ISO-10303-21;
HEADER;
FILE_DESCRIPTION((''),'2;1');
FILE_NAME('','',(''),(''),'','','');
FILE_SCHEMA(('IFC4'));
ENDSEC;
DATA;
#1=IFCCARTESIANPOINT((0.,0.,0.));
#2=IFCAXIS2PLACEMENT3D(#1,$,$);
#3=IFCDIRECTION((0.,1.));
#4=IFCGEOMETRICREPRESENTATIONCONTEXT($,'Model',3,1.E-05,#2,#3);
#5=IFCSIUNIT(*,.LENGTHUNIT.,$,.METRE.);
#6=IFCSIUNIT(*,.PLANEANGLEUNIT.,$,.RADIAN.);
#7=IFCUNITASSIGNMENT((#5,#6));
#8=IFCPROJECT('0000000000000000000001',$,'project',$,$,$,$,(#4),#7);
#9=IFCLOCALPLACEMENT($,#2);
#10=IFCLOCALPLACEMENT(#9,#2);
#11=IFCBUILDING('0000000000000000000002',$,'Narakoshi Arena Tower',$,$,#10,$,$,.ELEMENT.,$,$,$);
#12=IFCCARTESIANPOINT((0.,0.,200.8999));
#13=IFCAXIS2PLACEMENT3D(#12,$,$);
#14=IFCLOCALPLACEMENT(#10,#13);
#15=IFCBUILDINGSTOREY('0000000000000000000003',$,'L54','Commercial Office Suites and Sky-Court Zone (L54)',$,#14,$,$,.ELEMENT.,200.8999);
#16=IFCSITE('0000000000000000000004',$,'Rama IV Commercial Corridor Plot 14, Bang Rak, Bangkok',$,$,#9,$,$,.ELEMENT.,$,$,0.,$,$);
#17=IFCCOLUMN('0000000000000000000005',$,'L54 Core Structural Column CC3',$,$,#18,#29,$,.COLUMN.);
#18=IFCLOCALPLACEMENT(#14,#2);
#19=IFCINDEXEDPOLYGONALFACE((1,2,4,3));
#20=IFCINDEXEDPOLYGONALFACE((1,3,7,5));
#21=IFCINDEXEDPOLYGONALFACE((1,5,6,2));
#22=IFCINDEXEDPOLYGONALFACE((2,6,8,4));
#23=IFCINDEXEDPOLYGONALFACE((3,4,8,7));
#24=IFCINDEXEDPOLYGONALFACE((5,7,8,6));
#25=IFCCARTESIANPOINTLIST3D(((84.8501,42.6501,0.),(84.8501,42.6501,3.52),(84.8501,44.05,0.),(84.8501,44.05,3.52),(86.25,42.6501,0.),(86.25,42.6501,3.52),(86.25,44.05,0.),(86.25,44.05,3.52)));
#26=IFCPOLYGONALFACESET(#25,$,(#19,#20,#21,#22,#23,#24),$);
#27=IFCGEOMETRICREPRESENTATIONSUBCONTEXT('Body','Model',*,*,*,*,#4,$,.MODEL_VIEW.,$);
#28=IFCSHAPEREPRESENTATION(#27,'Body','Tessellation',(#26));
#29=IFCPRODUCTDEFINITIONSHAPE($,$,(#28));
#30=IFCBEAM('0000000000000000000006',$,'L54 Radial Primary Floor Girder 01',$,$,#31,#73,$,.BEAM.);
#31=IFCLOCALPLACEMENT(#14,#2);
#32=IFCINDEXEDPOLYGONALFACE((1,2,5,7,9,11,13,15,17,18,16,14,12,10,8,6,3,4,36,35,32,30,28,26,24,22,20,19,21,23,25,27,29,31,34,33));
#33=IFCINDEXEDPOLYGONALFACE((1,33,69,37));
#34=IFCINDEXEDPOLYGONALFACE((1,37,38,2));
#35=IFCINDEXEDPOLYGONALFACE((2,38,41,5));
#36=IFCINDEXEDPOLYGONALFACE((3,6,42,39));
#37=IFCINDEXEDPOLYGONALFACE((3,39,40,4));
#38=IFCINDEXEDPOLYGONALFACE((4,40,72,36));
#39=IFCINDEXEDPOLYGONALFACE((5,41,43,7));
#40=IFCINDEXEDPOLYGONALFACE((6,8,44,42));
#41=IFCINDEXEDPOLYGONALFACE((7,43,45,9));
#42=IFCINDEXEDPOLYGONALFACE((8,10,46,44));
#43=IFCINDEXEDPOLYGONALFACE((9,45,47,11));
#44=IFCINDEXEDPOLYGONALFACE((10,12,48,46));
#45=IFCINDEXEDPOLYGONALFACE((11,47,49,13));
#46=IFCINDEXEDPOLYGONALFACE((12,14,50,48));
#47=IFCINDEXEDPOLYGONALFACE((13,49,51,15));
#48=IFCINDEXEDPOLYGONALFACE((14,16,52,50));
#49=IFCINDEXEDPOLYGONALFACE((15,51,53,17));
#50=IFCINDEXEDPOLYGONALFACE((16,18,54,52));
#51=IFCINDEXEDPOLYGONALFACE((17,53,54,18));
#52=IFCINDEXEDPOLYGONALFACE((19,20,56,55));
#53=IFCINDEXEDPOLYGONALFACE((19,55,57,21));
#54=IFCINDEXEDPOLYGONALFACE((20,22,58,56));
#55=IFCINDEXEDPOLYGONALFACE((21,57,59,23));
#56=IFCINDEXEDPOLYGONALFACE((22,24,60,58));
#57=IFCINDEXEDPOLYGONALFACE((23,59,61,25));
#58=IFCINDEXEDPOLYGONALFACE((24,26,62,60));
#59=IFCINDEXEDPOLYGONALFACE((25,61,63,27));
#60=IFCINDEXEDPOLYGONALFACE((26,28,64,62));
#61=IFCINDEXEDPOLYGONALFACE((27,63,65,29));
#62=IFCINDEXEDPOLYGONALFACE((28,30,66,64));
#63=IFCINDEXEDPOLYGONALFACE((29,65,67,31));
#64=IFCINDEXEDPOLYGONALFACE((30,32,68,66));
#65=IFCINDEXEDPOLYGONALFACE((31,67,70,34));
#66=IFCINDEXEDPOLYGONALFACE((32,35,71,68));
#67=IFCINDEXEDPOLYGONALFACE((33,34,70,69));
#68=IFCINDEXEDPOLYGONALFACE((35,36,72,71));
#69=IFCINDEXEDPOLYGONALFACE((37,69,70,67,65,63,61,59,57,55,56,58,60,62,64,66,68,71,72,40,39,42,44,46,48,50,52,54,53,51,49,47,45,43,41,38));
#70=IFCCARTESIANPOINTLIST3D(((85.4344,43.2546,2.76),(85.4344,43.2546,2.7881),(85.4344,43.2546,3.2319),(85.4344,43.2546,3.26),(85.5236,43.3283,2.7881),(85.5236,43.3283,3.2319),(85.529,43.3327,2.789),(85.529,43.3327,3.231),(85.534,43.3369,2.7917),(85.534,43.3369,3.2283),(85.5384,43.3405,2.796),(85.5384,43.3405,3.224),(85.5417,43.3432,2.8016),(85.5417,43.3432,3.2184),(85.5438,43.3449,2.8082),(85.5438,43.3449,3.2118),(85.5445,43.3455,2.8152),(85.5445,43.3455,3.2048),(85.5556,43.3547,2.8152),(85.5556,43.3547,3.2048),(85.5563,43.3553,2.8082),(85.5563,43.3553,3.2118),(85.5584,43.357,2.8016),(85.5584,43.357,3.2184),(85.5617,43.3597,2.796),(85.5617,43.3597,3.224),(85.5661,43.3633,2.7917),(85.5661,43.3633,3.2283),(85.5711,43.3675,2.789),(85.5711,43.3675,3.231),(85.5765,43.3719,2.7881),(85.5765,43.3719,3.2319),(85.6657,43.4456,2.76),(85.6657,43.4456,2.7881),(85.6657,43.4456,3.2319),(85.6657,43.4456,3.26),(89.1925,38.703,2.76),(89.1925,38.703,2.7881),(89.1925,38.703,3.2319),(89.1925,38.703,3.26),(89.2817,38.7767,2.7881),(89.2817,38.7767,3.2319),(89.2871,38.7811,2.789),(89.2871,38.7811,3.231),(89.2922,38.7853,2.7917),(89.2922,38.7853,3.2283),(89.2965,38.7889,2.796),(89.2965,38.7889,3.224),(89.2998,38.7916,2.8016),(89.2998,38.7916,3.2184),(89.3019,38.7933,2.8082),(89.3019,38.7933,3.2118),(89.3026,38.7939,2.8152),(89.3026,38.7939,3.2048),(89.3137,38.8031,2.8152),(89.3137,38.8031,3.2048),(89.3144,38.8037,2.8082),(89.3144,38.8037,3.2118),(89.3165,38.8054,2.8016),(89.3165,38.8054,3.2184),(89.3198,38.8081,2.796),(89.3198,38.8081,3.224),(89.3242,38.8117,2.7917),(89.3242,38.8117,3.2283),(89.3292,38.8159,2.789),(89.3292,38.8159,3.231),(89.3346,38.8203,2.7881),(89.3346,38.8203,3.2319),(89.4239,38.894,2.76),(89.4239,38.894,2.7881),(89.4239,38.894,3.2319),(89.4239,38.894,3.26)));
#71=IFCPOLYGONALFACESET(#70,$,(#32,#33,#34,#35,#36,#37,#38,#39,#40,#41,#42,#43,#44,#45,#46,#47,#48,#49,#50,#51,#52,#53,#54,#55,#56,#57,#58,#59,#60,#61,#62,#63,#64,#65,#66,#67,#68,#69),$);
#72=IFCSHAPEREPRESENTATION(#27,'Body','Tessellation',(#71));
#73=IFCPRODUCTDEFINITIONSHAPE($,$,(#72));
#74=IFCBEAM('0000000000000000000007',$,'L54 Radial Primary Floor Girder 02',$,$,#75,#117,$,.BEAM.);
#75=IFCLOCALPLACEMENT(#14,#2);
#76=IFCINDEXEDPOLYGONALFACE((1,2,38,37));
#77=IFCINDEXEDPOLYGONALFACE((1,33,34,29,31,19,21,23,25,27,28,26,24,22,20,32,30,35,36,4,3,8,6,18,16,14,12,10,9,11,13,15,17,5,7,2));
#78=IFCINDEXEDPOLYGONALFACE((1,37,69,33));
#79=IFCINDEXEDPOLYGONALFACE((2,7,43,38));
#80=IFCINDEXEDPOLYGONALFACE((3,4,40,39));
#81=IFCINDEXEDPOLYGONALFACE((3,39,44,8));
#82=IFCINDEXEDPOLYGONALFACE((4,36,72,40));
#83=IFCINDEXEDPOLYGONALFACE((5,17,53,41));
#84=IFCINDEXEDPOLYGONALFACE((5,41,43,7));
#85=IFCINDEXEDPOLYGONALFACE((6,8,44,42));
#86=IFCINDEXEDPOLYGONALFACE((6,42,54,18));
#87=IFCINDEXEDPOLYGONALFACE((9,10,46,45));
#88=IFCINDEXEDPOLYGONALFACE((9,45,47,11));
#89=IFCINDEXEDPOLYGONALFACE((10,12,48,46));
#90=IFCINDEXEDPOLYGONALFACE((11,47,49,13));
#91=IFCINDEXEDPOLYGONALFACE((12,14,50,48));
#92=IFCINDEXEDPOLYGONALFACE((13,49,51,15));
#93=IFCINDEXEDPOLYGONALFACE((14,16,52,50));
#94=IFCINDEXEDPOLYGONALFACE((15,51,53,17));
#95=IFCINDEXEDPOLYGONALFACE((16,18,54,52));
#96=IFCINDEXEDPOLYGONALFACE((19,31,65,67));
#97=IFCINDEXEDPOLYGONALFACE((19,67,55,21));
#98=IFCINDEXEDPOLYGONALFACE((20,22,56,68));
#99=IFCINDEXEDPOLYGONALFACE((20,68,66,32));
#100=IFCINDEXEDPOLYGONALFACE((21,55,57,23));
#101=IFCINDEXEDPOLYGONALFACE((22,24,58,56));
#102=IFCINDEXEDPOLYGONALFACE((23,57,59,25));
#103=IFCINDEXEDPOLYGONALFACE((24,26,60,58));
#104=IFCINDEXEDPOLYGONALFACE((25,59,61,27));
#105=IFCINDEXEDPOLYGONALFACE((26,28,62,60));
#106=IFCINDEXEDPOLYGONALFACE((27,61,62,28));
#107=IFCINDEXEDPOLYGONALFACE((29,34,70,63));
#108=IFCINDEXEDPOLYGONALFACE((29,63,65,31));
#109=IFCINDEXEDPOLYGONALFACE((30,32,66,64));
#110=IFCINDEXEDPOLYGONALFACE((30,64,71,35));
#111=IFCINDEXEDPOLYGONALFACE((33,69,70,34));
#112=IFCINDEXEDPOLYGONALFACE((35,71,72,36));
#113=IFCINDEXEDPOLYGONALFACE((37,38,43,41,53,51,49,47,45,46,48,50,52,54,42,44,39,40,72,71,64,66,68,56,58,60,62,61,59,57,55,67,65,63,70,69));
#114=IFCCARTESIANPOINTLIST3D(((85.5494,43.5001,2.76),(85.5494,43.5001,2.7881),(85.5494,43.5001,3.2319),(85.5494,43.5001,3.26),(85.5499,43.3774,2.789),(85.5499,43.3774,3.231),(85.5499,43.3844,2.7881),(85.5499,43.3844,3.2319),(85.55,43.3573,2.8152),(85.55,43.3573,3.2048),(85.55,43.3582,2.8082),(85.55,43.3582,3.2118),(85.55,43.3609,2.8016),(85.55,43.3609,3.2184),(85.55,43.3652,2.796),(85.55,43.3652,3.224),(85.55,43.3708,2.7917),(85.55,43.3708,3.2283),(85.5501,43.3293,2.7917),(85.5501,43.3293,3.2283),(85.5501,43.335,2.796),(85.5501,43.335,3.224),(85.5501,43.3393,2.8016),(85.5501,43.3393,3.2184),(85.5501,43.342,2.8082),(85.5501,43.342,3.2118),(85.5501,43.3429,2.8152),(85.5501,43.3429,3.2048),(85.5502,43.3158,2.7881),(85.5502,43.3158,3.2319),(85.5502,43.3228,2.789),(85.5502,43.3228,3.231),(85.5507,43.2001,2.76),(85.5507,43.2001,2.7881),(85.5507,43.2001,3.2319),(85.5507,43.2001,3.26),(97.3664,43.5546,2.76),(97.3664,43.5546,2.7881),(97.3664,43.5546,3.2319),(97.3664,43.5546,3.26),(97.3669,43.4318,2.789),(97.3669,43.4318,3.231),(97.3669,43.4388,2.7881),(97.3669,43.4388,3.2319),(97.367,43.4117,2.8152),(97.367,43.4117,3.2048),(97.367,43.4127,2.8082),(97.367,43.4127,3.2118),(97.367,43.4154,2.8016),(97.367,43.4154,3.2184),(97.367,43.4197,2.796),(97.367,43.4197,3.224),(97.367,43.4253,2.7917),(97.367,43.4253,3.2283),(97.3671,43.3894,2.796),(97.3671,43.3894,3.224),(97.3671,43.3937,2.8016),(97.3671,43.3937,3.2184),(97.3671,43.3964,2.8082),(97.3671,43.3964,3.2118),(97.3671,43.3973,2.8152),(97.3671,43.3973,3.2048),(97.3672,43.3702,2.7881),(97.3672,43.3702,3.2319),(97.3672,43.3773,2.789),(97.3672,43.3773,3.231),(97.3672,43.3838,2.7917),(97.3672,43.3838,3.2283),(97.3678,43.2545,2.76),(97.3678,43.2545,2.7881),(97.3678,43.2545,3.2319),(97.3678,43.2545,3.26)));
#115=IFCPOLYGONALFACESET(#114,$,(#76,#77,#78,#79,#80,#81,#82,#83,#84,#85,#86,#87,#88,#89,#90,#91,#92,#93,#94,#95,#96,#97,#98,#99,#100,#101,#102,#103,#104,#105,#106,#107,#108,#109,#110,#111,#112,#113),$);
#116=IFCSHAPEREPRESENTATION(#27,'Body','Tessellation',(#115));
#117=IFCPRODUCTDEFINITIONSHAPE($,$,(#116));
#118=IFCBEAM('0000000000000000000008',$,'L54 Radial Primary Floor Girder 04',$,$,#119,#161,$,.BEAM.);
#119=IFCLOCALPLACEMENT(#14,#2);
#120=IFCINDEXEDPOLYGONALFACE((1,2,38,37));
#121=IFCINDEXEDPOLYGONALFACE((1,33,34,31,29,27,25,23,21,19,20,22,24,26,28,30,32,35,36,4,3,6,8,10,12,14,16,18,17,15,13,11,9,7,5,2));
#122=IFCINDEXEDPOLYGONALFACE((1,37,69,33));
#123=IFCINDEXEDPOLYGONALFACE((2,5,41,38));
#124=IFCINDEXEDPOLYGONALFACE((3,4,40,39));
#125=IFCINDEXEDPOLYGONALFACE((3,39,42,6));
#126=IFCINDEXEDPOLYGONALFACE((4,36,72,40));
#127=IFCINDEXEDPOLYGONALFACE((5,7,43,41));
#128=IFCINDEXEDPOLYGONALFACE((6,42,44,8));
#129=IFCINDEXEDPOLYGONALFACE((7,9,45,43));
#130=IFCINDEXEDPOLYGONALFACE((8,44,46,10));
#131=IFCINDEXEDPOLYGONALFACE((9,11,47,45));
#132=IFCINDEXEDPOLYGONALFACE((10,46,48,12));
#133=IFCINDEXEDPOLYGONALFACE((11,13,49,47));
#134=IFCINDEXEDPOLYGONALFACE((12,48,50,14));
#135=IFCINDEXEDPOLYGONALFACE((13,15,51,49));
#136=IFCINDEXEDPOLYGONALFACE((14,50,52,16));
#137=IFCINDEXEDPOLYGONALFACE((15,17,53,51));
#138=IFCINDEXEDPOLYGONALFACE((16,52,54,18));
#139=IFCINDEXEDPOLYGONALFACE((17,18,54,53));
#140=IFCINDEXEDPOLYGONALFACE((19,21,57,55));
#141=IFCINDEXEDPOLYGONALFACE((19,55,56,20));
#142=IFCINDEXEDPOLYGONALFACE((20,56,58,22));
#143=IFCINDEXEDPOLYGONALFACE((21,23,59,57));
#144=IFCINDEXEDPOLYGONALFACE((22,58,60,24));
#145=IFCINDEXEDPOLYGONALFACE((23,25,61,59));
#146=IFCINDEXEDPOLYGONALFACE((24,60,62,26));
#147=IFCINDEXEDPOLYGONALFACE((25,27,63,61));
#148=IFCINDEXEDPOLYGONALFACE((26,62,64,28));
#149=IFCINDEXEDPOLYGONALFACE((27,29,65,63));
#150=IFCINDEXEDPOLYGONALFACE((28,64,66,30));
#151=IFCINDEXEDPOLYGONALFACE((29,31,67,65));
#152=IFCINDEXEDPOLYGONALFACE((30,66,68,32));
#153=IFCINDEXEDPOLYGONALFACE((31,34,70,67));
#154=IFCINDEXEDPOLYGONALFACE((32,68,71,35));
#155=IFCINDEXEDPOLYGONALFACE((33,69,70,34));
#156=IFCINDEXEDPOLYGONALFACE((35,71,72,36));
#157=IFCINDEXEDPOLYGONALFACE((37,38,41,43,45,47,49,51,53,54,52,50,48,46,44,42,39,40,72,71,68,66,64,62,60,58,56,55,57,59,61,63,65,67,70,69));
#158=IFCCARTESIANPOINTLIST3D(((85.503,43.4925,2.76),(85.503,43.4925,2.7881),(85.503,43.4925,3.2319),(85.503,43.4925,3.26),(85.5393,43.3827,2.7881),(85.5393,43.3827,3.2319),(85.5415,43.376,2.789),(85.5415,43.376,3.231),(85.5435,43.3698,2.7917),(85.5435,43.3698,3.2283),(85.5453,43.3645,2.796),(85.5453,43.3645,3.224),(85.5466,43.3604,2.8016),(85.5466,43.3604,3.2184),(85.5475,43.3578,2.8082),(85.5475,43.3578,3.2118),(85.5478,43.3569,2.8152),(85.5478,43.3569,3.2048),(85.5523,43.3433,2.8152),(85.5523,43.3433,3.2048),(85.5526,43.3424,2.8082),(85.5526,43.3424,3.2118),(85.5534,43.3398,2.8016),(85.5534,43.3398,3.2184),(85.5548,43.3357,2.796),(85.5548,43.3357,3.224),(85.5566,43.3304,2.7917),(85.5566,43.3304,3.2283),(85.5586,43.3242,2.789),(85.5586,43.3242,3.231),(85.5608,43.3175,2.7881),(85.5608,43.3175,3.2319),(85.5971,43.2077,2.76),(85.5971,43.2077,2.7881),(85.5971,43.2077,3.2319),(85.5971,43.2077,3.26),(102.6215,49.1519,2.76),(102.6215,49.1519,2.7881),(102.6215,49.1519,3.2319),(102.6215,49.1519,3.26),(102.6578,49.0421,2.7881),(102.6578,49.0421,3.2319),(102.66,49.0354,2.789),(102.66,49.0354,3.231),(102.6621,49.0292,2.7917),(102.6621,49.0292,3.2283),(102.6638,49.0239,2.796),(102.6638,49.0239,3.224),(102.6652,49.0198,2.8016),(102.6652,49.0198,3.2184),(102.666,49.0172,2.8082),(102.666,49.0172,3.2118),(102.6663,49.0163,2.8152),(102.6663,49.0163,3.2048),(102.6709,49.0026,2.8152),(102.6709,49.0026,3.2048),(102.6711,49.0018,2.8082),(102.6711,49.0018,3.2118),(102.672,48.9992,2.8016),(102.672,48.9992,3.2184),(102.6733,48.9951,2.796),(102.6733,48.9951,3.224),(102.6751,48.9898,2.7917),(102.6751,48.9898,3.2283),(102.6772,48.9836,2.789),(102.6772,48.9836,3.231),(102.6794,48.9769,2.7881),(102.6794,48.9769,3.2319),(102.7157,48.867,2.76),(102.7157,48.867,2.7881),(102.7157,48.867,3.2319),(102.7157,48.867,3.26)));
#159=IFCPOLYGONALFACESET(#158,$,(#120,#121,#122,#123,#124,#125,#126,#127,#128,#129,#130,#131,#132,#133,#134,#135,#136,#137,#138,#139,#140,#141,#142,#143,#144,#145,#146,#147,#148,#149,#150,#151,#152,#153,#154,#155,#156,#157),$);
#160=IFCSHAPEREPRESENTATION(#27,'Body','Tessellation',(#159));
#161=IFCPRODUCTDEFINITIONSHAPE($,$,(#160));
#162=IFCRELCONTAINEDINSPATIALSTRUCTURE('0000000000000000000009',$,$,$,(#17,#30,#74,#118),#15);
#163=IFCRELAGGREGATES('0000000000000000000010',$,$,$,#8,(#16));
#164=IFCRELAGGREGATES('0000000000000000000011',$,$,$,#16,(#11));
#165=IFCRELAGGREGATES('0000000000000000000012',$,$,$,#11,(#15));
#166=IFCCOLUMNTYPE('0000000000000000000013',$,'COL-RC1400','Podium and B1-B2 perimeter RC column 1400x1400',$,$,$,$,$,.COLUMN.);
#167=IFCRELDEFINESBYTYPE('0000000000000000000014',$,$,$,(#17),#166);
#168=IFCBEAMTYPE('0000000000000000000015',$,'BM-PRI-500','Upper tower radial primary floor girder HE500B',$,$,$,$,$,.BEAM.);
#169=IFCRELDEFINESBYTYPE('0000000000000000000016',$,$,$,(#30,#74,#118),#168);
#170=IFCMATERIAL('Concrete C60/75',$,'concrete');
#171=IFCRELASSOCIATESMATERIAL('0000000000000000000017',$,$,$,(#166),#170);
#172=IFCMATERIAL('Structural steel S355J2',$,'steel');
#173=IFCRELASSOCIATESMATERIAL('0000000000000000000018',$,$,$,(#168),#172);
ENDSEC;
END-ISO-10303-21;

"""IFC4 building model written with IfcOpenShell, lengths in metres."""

from ifc_helpers import new_model, si_unit, direction, frame, origin, origin_2d, place, context, subcontext, project, spatial, rectangle, i_section, extrude, material, material_profile, profile_set, type_object, element, save


model = new_model("IFC4")

# Units and contexts
model_context = context("Model", 3, precision=1e-05, world=origin(), true_north=direction((0.0, 1.0)))
body_context = subcontext(model_context, "Body", "Model", "MODEL_VIEW")
ifc_project = project(units=[si_unit("LENGTHUNIT", "METRE"), si_unit("PLANEANGLEUNIT", "RADIAN")], contexts=[model_context])

# Site, building, storey
site_placement = place(None, origin())
site = spatial("IfcSite", under=ifc_project, at=site_placement, Name="Rama IV Commercial Corridor Plot 14, Bang Rak, Bangkok", CompositionType="ELEMENT", RefElevation=0.0)
building_placement = place(site_placement, origin())
building = spatial("IfcBuilding", under=site, at=building_placement, Name="Narakoshi Arena Tower", CompositionType="ELEMENT")
storey_placement = place(building_placement, frame((0.0, 0.0, 200.8999)))
storey = spatial("IfcBuildingStorey", under=building, at=storey_placement, Name="L54", Description="Commercial Office Suites and Sky-Court Zone (L54)", CompositionType="ELEMENT", Elevation=200.8999)

# Column
ifc_material_1 = material(Name="Concrete C60/75", Category="concrete")
ifc_material_profile_1 = material_profile(ifc_material_1, rectangle(XDim=1.3999, YDim=1.3999, at=origin_2d()), Name="RC1400x1400")
ifc_profile_set_1 = profile_set([ifc_material_profile_1], Name="Concrete C60/75")
column_type = type_object("IfcColumnType", Name="COL-RC1400", Description="Podium and B1-B2 perimeter RC column 1400x1400", PredefinedType="COLUMN", material=ifc_profile_set_1)
column_placement = place(storey_placement, frame((85.55, 43.3501, 0.0), z_axis=(0.0, 0.0, 1.0), x_axis=(1.0, 0.0, 0.0)))
element("IfcColumn", 1, at=column_placement, inside=storey, type_object=column_type, Name="L54 Core Structural Column CC3", PredefinedType="COLUMN", context=body_context, shape_type="SweptSolid", body=[
    extrude(rectangle(XDim=1.3999, YDim=1.3999, at=origin_2d()), origin(), (0.0, 0.0, 1.0), 3.52),
])

# Beams
ifc_material_2 = material(Name="Structural steel S355J2", Category="steel")
ifc_material_profile_2 = material_profile(ifc_material_2, i_section(OverallWidth=0.3, OverallDepth=0.5, WebThickness=0.0144, FlangeThickness=0.0281, FilletRadius=0.0271, at=origin_2d()), Name="HE500B")
ifc_profile_set_2 = profile_set([ifc_material_profile_2], Name="Structural steel S355J2")
beam_type_1 = type_object("IfcBeamType", Name="BM-PRI-500", Description="Upper tower radial primary floor girder HE500B", PredefinedType="BEAM", material=ifc_profile_set_2)
beam_1_placement = place(storey_placement, frame((85.55, 43.3501, 3.01), z_axis=(0.636691, -0.771119, 0.0), x_axis=(0.771119, 0.636691, 0.0)))
element("IfcBeam", 2, at=beam_1_placement, inside=storey, type_object=beam_type_1, Name="L54 Radial Primary Floor Girder 01", PredefinedType="BEAM", context=body_context, shape_type="SweptSolid", body=[
    extrude(i_section(OverallWidth=0.3, OverallDepth=0.5, WebThickness=0.0144, FlangeThickness=0.0281, FilletRadius=0.0271, at=origin_2d()), origin(), (0.0, 0.0, 1.0), 5.9026),
])
beam_2_placement = place(storey_placement, frame((85.55, 43.3501, 3.01), z_axis=(0.999989, 0.004607, 0.0), x_axis=(-0.004607, 0.999989, 0.0)))
element("IfcBeam", 3, at=beam_2_placement, inside=storey, type_object=beam_type_1, Name="L54 Radial Primary Floor Girder 02", PredefinedType="BEAM", context=body_context, shape_type="SweptSolid", body=[
    extrude(i_section(OverallWidth=0.3, OverallDepth=0.5, WebThickness=0.0144, FlangeThickness=0.0281, FilletRadius=0.0271, at=origin_2d()), origin(), (0.0, 0.0, 1.0), 11.8171),
])
beam_3_placement = place(storey_placement, frame((85.55, 43.3501, 3.01), z_axis=(0.949459, 0.313891, 0.0), x_axis=(-0.313891, 0.949459, 0.0)))
element("IfcBeam", 4, at=beam_3_placement, inside=storey, type_object=beam_type_1, Name="L54 Radial Primary Floor Girder 04", PredefinedType="BEAM", context=body_context, shape_type="SweptSolid", body=[
    extrude(i_section(OverallWidth=0.3, OverallDepth=0.5, WebThickness=0.0144, FlangeThickness=0.0281, FilletRadius=0.0271, at=origin_2d()), origin(), (0.0, 0.0, 1.0), 18.0298),
])

save(model, "model.ifc")
